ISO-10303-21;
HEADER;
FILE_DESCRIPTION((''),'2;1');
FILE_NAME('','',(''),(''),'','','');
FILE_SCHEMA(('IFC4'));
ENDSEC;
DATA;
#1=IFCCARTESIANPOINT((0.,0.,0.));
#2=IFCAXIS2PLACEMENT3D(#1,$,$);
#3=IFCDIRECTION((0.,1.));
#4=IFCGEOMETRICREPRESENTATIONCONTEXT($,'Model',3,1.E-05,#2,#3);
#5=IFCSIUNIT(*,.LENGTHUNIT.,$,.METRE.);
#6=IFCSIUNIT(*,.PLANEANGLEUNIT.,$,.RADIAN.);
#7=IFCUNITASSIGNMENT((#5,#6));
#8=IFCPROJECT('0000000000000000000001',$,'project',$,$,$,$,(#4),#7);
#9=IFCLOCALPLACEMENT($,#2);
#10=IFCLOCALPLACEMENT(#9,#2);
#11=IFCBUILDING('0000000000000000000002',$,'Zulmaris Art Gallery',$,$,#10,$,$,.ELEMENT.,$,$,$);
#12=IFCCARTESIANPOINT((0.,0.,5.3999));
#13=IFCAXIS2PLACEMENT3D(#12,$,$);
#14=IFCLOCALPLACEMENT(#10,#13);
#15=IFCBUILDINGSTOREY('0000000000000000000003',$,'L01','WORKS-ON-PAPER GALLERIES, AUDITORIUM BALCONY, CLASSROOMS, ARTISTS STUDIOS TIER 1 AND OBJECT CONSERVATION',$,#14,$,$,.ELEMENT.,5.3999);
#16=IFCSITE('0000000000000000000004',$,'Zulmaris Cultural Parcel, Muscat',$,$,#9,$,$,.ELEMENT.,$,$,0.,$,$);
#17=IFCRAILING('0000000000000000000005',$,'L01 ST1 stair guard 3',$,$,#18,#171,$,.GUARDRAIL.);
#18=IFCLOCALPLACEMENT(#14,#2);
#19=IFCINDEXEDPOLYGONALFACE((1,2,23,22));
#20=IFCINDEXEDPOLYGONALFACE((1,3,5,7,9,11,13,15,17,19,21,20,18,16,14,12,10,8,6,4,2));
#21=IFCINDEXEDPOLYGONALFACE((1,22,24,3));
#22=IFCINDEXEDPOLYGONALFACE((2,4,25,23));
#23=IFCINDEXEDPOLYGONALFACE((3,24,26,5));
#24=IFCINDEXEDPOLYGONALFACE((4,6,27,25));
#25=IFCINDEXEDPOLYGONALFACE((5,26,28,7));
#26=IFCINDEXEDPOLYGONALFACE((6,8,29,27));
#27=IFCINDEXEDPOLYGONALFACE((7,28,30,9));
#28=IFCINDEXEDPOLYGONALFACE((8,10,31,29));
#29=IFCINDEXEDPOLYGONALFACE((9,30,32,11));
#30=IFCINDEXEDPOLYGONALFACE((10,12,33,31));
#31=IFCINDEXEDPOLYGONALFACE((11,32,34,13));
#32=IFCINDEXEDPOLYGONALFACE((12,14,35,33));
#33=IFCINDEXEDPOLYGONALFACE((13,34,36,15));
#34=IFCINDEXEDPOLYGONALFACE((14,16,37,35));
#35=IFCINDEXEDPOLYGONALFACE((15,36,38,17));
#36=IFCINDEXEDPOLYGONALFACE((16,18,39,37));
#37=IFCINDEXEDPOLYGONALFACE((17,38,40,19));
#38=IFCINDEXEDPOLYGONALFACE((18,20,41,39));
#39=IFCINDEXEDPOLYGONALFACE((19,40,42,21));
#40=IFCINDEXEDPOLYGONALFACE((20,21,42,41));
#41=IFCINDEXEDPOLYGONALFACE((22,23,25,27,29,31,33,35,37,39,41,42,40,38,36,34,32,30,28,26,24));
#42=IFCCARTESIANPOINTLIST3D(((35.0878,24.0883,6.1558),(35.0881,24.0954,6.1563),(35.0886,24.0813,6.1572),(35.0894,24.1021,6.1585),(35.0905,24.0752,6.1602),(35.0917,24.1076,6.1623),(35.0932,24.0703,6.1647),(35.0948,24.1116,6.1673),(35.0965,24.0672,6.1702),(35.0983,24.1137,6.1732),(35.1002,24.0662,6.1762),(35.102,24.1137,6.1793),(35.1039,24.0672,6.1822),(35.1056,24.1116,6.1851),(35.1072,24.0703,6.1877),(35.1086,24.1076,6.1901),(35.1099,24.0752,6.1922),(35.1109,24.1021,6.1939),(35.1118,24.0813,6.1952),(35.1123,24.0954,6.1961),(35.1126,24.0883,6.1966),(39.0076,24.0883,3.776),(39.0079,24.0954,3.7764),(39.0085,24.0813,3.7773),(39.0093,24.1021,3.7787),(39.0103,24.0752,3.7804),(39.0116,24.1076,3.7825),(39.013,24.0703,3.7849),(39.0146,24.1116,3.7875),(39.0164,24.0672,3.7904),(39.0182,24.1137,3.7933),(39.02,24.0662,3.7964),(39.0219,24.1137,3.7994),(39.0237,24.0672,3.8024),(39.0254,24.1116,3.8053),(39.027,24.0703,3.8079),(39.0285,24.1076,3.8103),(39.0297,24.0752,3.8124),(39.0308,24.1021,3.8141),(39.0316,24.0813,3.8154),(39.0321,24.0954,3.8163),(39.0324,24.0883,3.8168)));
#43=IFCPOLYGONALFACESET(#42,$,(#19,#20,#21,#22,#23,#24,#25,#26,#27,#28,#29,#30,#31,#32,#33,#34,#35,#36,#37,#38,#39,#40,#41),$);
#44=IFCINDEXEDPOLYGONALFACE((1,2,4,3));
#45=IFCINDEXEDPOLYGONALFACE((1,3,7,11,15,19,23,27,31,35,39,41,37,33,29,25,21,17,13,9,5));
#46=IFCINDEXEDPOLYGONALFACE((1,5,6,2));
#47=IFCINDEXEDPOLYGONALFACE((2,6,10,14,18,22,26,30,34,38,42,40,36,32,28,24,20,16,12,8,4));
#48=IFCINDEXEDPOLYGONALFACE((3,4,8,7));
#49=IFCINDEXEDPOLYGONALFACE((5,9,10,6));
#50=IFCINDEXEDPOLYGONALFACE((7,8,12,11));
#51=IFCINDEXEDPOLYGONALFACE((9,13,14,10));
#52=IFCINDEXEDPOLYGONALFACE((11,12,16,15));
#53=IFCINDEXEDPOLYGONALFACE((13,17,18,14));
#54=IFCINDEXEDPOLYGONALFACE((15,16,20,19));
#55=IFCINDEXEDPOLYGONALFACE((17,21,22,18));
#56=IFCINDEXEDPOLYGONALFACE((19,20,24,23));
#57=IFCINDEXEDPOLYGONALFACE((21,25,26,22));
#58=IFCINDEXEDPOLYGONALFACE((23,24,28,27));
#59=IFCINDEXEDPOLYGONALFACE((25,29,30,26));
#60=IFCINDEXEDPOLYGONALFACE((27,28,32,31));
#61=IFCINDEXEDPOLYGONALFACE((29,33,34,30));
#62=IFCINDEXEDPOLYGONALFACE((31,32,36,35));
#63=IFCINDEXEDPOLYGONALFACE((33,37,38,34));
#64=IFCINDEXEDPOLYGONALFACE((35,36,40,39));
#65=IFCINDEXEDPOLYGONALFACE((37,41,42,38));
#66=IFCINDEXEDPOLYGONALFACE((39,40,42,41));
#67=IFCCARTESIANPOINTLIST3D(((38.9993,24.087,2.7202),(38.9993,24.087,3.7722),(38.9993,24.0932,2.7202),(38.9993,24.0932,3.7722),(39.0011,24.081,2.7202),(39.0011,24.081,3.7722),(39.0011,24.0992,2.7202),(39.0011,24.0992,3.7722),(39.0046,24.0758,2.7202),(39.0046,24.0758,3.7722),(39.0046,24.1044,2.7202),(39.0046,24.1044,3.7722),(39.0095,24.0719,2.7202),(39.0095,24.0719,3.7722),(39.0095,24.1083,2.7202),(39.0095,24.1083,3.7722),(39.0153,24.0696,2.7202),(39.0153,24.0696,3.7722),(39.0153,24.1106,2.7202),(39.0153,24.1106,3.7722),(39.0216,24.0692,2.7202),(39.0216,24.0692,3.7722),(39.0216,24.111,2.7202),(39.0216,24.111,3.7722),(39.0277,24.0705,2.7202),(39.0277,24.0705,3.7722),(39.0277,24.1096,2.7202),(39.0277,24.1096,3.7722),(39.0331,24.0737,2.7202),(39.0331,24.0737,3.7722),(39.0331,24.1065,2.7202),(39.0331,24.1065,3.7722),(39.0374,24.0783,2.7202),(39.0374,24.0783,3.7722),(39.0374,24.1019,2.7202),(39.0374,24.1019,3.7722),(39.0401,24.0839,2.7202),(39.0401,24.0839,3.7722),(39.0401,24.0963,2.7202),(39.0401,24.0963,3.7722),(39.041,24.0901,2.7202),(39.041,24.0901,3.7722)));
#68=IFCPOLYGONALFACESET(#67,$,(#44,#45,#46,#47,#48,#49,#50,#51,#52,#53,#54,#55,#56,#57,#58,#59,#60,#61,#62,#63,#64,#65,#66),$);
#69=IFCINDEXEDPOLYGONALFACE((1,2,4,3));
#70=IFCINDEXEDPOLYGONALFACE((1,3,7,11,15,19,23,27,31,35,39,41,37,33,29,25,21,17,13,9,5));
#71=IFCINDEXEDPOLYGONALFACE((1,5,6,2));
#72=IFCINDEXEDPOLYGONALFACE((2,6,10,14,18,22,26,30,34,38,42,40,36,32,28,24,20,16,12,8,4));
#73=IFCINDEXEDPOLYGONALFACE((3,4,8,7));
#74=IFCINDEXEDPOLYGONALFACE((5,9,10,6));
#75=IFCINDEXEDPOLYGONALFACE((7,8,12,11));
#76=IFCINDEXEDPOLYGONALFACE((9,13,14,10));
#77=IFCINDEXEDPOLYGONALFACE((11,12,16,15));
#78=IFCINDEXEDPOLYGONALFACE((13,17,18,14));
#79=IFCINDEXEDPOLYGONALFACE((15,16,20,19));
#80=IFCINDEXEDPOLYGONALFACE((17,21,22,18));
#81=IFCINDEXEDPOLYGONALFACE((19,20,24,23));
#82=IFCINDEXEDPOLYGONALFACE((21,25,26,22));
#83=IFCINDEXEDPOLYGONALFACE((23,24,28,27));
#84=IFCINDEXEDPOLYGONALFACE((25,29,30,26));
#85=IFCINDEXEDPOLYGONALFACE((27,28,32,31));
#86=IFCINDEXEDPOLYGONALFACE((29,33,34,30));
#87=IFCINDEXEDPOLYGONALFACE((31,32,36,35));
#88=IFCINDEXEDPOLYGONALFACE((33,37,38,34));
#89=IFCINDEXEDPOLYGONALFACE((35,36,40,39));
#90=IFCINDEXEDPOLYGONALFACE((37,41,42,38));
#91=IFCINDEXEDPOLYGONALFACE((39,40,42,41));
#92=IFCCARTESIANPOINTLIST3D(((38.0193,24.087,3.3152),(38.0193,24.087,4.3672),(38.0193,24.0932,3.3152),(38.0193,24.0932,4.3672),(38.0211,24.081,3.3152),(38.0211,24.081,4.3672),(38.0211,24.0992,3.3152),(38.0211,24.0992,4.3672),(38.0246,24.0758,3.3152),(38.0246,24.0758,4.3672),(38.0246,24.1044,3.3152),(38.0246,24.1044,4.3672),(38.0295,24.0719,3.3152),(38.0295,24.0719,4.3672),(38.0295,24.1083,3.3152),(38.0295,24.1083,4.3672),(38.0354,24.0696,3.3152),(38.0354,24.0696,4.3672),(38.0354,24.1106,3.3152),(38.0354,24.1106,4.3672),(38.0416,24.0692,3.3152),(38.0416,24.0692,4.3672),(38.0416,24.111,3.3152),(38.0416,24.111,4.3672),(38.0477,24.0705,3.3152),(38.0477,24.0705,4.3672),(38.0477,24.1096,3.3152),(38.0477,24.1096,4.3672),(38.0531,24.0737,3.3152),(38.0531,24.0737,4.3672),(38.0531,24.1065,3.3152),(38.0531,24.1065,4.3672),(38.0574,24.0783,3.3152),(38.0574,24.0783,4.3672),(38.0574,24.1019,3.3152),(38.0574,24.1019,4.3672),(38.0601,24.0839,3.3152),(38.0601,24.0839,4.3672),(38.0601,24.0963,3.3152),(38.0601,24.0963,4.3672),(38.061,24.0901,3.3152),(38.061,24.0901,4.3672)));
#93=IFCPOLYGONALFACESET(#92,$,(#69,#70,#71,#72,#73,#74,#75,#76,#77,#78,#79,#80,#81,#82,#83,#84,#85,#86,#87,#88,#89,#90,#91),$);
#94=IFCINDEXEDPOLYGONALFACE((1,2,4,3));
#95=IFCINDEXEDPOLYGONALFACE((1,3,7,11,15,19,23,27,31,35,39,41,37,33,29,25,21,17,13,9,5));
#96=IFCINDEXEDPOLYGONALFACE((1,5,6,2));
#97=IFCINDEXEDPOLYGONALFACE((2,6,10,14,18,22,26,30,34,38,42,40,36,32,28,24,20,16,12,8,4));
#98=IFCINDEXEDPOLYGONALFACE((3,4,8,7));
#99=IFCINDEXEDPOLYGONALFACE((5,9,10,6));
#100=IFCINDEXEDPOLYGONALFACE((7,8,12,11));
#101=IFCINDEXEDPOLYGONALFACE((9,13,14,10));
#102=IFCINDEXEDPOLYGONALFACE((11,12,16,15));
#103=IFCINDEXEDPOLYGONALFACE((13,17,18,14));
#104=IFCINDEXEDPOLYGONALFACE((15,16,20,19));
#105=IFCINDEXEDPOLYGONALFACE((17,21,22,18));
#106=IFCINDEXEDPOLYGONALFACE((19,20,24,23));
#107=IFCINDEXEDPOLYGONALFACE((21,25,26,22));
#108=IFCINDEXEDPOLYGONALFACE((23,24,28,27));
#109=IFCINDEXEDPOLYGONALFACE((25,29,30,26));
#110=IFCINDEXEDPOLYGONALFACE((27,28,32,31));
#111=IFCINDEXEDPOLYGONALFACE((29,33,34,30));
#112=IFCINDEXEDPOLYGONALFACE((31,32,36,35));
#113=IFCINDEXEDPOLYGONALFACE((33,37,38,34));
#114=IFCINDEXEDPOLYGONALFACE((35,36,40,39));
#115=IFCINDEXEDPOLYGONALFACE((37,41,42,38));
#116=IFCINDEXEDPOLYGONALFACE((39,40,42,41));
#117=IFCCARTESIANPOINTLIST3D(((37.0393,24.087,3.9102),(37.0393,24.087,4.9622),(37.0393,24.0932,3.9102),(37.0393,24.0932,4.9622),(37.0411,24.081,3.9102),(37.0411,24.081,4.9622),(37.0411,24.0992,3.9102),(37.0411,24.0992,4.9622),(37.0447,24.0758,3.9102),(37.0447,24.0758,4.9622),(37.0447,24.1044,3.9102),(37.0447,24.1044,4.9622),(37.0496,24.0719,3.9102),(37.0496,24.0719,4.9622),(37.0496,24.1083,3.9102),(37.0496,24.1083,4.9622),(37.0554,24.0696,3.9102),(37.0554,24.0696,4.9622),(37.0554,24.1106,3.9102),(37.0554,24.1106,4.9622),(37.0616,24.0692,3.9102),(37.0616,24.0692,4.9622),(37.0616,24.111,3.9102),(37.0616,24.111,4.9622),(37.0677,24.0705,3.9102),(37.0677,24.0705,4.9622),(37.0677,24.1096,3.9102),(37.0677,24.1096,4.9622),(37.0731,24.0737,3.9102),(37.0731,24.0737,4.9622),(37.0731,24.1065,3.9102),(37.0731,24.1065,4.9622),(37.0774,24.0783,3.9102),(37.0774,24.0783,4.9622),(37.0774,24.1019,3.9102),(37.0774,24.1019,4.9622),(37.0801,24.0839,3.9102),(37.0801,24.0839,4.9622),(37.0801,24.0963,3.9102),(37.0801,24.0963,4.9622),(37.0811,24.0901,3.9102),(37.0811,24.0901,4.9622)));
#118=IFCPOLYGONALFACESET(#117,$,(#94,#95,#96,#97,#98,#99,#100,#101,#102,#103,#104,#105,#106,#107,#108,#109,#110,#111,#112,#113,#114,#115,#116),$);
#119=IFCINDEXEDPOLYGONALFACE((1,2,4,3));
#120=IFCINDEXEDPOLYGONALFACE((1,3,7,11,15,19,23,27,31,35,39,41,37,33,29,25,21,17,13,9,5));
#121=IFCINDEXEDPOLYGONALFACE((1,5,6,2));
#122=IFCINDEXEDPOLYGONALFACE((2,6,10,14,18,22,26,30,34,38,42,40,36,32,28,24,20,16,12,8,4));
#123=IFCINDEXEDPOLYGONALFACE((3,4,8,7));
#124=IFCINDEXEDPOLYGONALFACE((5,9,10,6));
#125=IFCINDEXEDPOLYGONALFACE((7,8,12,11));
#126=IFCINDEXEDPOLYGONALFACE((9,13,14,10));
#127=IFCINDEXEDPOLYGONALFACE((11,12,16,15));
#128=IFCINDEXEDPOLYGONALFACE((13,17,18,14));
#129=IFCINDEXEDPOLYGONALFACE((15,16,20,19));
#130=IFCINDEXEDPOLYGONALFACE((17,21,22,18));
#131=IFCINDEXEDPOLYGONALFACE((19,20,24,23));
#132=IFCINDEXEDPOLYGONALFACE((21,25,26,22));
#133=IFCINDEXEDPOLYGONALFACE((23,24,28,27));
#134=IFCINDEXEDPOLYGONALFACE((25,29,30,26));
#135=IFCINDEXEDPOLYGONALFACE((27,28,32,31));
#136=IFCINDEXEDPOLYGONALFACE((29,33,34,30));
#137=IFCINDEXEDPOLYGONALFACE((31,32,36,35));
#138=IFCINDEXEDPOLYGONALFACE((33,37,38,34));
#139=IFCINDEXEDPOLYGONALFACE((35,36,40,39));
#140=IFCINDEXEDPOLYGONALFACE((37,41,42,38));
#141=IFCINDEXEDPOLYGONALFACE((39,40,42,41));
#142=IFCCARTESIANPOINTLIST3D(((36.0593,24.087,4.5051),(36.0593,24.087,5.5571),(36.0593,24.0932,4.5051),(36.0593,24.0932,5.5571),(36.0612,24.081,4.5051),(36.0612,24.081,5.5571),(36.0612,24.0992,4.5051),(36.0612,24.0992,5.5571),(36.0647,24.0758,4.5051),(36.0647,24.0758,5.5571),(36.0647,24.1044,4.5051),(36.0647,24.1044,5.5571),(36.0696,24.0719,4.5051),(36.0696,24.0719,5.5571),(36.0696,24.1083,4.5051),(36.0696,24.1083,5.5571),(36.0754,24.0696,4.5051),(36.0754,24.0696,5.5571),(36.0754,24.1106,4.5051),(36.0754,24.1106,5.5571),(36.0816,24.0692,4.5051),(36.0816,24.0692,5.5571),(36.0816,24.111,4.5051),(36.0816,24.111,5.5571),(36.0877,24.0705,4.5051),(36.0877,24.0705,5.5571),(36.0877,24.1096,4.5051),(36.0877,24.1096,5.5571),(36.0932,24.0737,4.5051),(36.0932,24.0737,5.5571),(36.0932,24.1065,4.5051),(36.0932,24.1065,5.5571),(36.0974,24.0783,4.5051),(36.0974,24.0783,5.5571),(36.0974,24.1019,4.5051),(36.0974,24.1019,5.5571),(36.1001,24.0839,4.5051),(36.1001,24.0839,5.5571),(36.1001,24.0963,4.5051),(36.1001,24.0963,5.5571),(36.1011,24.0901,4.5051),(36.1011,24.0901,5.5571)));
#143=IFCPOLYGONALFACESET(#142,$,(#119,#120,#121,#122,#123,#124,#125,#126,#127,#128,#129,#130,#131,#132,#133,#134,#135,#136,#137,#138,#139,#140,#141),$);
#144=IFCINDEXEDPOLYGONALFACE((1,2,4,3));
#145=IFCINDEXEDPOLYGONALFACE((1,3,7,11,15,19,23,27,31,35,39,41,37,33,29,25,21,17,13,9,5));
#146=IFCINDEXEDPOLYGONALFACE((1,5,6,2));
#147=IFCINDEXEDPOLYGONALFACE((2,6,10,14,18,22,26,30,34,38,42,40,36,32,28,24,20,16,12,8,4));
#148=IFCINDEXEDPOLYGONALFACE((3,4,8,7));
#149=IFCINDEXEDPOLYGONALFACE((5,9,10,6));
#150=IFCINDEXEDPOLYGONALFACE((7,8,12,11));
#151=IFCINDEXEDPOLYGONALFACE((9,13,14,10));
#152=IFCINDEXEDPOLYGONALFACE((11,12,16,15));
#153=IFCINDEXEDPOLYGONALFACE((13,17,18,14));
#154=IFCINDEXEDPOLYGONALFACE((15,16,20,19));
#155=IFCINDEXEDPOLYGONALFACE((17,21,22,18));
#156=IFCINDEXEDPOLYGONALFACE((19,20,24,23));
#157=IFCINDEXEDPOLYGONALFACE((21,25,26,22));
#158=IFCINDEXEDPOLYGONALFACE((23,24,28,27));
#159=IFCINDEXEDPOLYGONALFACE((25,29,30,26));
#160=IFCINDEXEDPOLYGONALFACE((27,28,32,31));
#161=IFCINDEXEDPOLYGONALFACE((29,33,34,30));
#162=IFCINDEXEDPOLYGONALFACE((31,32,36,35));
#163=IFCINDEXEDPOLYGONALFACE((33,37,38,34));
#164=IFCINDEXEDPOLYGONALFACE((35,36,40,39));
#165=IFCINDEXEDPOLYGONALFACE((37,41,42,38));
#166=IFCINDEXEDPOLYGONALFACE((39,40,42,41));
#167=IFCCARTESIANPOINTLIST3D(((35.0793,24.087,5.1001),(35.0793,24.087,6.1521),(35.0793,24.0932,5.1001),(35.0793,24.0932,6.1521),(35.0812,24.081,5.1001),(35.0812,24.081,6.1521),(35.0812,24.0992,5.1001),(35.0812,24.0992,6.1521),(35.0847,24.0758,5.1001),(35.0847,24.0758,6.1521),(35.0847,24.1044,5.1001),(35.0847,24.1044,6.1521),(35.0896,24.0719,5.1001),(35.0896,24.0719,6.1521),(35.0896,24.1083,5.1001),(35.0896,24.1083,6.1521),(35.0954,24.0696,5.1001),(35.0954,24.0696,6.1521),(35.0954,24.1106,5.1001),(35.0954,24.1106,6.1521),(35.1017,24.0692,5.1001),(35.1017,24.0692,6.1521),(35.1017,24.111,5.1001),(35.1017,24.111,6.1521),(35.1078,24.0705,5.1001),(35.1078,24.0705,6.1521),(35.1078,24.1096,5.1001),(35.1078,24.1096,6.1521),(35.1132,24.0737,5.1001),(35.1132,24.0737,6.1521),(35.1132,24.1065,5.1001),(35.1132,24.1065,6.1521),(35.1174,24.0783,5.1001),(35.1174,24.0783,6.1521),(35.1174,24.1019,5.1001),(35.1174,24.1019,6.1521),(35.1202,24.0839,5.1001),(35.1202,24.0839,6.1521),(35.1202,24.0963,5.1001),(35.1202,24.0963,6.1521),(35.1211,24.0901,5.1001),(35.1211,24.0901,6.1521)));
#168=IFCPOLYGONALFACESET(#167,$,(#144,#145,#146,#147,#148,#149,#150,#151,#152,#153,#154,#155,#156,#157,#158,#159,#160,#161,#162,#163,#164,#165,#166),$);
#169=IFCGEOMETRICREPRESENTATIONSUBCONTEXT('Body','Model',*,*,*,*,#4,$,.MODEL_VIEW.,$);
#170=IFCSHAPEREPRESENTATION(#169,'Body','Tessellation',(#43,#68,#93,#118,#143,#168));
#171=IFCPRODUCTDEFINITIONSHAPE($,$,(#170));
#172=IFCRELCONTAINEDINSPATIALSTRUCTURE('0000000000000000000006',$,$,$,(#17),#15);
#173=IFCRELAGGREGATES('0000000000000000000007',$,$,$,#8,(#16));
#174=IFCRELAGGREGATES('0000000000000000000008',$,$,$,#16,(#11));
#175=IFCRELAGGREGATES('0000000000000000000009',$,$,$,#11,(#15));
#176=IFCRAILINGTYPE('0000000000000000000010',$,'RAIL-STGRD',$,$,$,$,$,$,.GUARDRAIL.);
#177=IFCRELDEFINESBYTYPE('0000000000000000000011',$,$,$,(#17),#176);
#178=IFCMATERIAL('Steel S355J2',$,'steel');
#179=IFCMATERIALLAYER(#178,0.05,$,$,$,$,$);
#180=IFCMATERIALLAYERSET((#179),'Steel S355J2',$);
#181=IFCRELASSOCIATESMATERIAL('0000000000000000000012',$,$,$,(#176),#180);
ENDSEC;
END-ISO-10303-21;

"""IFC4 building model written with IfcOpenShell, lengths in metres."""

from ifc_helpers import new_model, si_unit, direction, frame, origin, origin_2d, place, context, subcontext, project, spatial, circle, extrude, material, layer, layer_set, type_object, element, save


model = new_model("IFC4")

# Units and contexts
model_context = context("Model", 3, precision=1e-05, world=origin(), true_north=direction((0.0, 1.0)))
body_context = subcontext(model_context, "Body", "Model", "MODEL_VIEW")
ifc_project = project(units=[si_unit("LENGTHUNIT", "METRE"), si_unit("PLANEANGLEUNIT", "RADIAN")], contexts=[model_context])

# Site, building, storey
site_placement = place(None, origin())
site = spatial("IfcSite", under=ifc_project, at=site_placement, Name="Zulmaris Cultural Parcel, Muscat", CompositionType="ELEMENT", RefElevation=0.0)
building_placement = place(site_placement, origin())
building = spatial("IfcBuilding", under=site, at=building_placement, Name="Zulmaris Art Gallery", CompositionType="ELEMENT")
storey_placement = place(building_placement, frame((0.0, 0.0, 5.3999)))
storey = spatial("IfcBuildingStorey", under=building, at=storey_placement, Name="L01", Description="WORKS-ON-PAPER GALLERIES, AUDITORIUM BALCONY, CLASSROOMS, ARTISTS STUDIOS TIER 1 AND OBJECT CONSERVATION", CompositionType="ELEMENT", Elevation=5.3999)

# Shared definitions
ifc_material_1 = material(Name="Steel S355J2", Category="steel")

# Railing
ifc_layer_1 = layer(ifc_material_1, 0.05)
ifc_layer_set_1 = layer_set([ifc_layer_1], Name="Steel S355J2")
railing_type = type_object("IfcRailingType", Name="RAIL-STGRD", PredefinedType="GUARDRAIL", material=ifc_layer_set_1)
railing_1_placement = place(storey_placement, frame((39.02, 24.0901, 2.7202)))
element("IfcRailing", 1, at=railing_1_placement, inside=storey, type_object=railing_type, Name="L01 ST1 stair guard 3", PredefinedType="GUARDRAIL", context=body_context, shape_type="SweptSolid", body=[
    extrude(circle(Radius=0.0239, at=origin_2d()), frame((0.0, 0.0, 1.0762), z_axis=(-0.854794, 0.0, 0.518967), x_axis=(0.0, -1.0, 0.0)), (0.0, 0.0, 1.0), 4.5857),
    extrude(circle(Radius=0.021, at=origin_2d()), origin(), (0.0, 0.0, 1.0), 1.052),
    extrude(circle(Radius=0.021, at=origin_2d()), frame((-0.98, 0.0, 0.595)), (0.0, 0.0, 1.0), 1.052),
    extrude(circle(Radius=0.021, at=origin_2d()), frame((-1.96, 0.0, 1.1899)), (0.0, 0.0, 1.0), 1.052),
    extrude(circle(Radius=0.021, at=origin_2d()), frame((-2.9399, 0.0, 1.7849)), (0.0, 0.0, 1.0), 1.052),
    extrude(circle(Radius=0.021, at=origin_2d()), frame((-3.9199, 0.0, 2.3799)), (0.0, 0.0, 1.0), 1.052),
])

save(model, "model.ifc")
